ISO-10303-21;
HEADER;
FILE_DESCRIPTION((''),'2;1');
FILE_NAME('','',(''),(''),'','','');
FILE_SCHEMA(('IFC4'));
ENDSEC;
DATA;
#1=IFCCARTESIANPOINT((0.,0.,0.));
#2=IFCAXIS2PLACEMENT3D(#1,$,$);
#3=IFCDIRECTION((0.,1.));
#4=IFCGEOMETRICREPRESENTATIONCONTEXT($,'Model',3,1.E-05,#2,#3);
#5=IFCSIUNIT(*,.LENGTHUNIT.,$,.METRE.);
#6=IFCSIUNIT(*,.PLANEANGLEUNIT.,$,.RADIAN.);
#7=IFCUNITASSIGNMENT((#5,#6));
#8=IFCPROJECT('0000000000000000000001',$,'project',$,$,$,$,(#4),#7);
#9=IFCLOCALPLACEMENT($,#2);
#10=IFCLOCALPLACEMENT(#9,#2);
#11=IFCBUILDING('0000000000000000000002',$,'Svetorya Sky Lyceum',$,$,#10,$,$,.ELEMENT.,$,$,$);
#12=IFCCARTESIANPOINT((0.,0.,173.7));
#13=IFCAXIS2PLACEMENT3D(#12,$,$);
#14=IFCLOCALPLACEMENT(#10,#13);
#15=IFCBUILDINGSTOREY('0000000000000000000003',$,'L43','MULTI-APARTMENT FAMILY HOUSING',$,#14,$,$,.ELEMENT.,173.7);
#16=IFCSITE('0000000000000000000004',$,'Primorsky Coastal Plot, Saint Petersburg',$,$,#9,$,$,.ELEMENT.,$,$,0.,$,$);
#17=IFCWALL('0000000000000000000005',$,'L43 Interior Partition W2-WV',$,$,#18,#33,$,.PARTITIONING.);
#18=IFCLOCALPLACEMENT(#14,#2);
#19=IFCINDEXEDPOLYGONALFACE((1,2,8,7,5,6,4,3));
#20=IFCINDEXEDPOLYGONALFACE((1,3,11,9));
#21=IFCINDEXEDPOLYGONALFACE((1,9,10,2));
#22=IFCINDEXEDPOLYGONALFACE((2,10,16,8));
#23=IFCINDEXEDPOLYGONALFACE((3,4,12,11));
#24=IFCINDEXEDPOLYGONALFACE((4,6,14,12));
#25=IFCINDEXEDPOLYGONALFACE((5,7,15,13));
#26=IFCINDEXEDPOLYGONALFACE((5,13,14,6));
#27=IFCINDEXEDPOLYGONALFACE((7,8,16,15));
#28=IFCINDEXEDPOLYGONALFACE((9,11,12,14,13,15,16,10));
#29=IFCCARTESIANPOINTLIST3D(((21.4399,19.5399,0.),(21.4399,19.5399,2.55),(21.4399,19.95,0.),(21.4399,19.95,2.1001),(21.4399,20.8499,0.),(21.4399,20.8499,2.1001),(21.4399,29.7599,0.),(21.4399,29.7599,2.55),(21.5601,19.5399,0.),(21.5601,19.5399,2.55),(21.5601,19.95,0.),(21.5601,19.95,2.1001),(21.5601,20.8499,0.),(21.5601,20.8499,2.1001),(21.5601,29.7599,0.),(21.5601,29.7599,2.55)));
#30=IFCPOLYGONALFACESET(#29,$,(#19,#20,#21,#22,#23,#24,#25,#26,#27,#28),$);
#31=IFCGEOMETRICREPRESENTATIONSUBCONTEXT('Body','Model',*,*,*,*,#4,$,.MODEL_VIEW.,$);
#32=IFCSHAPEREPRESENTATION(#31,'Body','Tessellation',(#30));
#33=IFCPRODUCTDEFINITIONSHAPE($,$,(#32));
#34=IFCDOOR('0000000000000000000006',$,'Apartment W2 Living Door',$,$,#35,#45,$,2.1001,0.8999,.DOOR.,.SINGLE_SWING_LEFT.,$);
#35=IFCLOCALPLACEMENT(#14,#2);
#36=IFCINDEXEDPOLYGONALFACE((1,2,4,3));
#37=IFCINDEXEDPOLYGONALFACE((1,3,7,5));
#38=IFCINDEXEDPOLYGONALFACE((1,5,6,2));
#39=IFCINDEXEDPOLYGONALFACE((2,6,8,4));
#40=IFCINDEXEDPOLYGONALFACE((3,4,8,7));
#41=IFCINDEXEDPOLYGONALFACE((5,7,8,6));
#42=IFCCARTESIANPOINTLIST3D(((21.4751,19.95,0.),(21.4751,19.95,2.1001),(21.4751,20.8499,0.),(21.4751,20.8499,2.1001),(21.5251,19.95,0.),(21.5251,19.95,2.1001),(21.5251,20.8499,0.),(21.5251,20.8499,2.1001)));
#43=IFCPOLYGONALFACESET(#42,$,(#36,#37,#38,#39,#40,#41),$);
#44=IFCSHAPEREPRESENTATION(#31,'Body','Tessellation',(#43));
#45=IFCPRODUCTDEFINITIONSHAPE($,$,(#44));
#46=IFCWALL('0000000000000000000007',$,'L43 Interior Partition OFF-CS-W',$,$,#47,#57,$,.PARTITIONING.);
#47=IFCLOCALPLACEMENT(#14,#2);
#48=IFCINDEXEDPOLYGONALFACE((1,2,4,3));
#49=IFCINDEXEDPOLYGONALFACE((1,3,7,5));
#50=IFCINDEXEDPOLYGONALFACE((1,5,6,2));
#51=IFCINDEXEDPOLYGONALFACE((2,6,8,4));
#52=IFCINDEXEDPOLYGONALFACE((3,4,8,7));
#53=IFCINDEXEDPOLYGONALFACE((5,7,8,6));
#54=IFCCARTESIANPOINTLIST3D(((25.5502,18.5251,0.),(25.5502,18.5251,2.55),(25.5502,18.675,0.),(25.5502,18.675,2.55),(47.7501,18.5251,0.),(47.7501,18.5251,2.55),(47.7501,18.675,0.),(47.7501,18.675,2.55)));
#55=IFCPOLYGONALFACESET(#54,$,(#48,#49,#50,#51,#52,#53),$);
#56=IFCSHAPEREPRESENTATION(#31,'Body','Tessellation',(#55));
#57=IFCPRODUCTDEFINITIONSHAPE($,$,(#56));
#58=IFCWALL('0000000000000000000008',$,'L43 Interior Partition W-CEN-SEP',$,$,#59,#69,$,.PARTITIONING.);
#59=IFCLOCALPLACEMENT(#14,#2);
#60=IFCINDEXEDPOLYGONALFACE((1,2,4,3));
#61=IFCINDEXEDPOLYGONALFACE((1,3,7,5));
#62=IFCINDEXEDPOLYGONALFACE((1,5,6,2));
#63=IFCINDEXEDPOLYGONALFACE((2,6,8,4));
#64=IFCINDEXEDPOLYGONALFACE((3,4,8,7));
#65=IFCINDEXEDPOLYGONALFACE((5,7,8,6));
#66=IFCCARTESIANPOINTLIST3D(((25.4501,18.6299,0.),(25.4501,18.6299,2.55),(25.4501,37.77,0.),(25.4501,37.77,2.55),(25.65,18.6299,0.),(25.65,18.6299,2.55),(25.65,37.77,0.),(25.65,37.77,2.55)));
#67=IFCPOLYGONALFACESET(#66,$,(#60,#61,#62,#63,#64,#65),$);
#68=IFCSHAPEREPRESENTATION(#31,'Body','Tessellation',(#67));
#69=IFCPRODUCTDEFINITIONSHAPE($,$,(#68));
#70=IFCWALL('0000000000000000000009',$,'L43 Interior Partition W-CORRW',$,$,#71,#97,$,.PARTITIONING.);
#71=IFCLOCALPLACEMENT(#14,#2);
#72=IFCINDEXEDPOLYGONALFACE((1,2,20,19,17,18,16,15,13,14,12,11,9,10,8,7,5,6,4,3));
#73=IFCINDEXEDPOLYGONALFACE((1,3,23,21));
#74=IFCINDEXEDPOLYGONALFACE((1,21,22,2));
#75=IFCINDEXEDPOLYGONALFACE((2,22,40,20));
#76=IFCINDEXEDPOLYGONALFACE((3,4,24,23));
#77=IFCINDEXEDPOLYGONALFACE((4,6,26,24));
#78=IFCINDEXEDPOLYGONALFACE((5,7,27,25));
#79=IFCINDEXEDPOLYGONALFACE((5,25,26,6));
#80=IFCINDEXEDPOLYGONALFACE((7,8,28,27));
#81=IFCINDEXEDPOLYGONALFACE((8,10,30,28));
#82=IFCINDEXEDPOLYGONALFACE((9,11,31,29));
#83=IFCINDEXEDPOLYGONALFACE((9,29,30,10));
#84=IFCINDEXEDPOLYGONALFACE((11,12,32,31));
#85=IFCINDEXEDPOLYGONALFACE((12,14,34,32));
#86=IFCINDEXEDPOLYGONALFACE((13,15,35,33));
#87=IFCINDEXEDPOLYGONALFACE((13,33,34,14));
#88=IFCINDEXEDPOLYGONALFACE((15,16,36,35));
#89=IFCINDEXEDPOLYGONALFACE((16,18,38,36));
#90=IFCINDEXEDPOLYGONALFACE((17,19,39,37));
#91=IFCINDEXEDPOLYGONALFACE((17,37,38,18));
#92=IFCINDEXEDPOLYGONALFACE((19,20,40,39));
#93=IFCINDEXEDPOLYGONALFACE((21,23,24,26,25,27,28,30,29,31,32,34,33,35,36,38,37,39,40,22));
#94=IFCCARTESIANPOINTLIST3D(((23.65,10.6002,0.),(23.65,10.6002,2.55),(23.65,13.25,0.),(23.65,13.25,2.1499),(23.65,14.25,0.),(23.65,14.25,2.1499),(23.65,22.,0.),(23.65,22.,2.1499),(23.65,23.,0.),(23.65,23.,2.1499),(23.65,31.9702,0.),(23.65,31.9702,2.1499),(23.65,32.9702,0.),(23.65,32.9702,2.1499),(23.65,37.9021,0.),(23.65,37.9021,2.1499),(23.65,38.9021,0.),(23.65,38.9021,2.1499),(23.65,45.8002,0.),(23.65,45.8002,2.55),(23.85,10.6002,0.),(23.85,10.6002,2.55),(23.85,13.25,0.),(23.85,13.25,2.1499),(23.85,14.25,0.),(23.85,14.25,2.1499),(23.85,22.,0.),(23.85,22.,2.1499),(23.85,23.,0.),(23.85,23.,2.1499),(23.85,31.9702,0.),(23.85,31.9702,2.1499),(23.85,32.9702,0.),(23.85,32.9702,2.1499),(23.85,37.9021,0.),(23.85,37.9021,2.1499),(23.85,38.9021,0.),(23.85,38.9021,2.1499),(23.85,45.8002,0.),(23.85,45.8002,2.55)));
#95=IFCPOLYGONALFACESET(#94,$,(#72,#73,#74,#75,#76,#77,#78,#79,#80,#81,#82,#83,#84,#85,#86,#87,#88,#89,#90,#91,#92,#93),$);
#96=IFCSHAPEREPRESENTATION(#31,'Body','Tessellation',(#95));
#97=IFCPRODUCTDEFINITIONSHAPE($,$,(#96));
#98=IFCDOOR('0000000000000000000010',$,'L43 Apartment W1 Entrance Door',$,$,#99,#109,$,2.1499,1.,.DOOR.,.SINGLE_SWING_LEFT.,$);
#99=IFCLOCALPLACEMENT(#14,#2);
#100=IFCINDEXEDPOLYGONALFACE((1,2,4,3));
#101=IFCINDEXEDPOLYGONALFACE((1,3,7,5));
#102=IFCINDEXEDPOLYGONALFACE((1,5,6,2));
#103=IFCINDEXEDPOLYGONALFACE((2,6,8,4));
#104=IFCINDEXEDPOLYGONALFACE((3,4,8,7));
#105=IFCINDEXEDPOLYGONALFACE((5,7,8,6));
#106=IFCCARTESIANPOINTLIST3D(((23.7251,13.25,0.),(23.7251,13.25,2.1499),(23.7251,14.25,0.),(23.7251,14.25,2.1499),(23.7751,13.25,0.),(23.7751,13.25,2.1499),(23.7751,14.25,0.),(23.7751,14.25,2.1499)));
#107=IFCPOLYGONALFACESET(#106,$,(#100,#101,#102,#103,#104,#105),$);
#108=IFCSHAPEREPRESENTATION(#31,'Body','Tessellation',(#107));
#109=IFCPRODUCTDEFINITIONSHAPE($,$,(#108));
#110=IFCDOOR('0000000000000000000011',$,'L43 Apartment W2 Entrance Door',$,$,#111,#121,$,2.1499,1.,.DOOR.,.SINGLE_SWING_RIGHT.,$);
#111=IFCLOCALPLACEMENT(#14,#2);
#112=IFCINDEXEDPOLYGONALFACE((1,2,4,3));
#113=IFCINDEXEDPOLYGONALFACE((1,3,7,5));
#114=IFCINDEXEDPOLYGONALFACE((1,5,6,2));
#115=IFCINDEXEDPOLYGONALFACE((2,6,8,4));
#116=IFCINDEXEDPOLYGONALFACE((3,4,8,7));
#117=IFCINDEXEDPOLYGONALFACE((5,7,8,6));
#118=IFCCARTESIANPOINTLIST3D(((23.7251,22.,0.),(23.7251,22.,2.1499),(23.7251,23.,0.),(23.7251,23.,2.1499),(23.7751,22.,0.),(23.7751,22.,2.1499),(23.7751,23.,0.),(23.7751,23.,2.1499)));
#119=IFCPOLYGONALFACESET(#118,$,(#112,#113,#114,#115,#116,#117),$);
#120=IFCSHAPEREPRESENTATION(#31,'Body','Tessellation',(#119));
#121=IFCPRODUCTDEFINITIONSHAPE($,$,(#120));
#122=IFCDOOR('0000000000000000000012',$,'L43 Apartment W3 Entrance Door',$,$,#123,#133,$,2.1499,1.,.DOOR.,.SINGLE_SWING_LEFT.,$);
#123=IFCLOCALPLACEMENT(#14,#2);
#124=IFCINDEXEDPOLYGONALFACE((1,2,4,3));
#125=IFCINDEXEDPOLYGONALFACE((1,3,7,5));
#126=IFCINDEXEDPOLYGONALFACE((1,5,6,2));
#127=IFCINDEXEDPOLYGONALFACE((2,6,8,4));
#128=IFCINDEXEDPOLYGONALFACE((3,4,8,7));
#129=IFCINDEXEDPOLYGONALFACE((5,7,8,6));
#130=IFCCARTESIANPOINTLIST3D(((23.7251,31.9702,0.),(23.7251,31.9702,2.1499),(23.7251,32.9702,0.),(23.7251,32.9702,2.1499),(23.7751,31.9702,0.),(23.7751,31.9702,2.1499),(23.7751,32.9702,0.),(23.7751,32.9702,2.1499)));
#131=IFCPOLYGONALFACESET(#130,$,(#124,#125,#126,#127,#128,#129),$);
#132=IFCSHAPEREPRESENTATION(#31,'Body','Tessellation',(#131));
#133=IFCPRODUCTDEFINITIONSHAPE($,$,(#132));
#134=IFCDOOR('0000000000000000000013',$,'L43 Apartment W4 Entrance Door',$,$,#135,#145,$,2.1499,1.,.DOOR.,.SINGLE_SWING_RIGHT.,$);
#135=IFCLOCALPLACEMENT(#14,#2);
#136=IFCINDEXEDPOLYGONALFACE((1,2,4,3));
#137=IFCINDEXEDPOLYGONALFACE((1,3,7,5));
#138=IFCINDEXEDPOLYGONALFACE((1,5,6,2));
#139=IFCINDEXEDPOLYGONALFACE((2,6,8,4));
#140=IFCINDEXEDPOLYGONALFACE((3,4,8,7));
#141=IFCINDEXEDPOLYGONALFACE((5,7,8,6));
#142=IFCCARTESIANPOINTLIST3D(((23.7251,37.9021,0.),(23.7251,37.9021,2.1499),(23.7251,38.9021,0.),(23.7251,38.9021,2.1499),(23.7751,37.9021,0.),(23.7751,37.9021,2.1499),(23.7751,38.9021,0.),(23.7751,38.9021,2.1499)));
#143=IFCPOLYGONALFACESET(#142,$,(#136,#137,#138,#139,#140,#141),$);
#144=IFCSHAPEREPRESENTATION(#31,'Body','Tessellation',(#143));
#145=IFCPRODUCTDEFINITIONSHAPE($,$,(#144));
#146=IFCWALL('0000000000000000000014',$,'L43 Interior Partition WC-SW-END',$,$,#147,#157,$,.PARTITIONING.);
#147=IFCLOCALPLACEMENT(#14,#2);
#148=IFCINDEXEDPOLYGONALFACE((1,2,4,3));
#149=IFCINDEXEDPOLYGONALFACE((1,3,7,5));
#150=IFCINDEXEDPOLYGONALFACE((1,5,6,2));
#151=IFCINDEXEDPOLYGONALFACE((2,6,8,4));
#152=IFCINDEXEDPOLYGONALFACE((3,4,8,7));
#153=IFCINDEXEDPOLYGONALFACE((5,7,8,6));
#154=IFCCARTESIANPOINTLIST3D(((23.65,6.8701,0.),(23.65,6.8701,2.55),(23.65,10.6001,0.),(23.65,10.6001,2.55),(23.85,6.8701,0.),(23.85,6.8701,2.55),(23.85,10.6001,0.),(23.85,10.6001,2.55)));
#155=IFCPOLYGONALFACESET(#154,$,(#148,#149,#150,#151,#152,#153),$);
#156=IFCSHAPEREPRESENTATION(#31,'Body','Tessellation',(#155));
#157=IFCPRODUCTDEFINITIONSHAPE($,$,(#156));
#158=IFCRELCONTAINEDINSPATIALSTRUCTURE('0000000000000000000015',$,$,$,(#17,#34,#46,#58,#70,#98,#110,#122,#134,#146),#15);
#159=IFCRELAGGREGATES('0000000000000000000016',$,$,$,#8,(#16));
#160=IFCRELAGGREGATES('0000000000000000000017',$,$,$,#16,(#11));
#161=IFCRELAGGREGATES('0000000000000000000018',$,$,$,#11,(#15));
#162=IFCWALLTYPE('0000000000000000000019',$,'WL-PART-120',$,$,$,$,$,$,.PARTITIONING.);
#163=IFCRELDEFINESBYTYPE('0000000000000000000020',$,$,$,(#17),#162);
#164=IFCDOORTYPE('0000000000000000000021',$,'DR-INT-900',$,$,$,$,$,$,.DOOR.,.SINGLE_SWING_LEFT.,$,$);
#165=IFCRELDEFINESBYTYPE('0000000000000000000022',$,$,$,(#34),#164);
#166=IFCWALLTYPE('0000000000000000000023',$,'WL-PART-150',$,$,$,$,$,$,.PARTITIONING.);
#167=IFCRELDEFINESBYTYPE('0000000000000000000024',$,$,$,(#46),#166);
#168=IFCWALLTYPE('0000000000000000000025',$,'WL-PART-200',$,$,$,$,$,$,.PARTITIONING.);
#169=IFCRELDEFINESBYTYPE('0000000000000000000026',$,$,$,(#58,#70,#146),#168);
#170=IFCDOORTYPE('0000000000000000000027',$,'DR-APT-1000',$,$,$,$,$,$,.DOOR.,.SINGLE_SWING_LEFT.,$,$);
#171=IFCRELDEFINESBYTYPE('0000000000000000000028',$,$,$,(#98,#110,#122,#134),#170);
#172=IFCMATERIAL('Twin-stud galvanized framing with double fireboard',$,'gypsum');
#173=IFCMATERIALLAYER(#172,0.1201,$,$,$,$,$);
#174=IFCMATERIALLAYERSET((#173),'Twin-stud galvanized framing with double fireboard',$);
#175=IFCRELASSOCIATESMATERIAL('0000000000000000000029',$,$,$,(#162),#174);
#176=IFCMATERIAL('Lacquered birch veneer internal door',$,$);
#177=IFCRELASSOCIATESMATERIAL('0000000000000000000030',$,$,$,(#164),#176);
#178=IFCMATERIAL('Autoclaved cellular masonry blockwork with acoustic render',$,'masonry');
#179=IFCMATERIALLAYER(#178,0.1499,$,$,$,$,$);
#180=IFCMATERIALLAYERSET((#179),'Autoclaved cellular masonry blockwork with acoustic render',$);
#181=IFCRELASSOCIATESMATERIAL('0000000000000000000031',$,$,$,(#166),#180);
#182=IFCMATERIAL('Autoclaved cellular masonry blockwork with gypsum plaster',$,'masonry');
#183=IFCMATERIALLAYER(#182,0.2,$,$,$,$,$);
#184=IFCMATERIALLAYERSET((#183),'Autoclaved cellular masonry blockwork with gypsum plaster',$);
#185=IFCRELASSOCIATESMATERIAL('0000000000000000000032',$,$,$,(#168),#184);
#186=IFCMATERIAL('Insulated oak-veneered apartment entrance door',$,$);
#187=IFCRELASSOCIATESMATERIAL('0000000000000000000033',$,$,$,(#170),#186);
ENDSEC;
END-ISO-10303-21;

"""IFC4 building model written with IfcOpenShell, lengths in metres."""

from ifc_helpers import new_model, si_unit, direction, frame, frame_2d, origin, place, context, subcontext, project, spatial, rectangle, extrude, material, layer, layer_set, type_object, element, fill, save


model = new_model("IFC4")

# Units and contexts
model_context = context("Model", 3, precision=1e-05, world=origin(), true_north=direction((0.0, 1.0)))
body_context = subcontext(model_context, "Body", "Model", "MODEL_VIEW")
ifc_project = project(units=[si_unit("LENGTHUNIT", "METRE"), si_unit("PLANEANGLEUNIT", "RADIAN")], contexts=[model_context])

# Site, building, storey
site_placement = place(None, origin())
site = spatial("IfcSite", under=ifc_project, at=site_placement, Name="Primorsky Coastal Plot, Saint Petersburg", CompositionType="ELEMENT", RefElevation=0.0)
building_placement = place(site_placement, origin())
building = spatial("IfcBuilding", under=site, at=building_placement, Name="Svetorya Sky Lyceum", CompositionType="ELEMENT")
storey_placement = place(building_placement, frame((0.0, 0.0, 173.7)))
storey = spatial("IfcBuildingStorey", under=building, at=storey_placement, Name="L43", Description="MULTI-APARTMENT FAMILY HOUSING", CompositionType="ELEMENT", Elevation=173.7)

# Wall, opening, door
ifc_material_1 = material(Name="Twin-stud galvanized framing with double fireboard", Category="gypsum")
ifc_layer_1 = layer(ifc_material_1, 0.1201)
ifc_layer_set_1 = layer_set([ifc_layer_1], Name="Twin-stud galvanized framing with double fireboard")
wall_type_1 = type_object("IfcWallType", Name="WL-PART-120", PredefinedType="PARTITIONING", material=ifc_layer_set_1)
ifc_material_2 = material(Name="Lacquered birch veneer internal door")
door_type_1 = type_object("IfcDoorType", Name="DR-INT-900", OperationType="SINGLE_SWING_LEFT", PredefinedType="DOOR", material=ifc_material_2)
wall_1_placement = place(storey_placement, frame((21.5, 19.54, 0.0), z_axis=(0.0, 0.0, 1.0), x_axis=(0.0, 1.0, 0.0)))
wall_1 = element("IfcWall", 1, at=wall_1_placement, inside=storey, type_object=wall_type_1, Name="L43 Interior Partition W2-WV", PredefinedType="PARTITIONING", context=body_context, shape_type="SweptSolid", body=[
    extrude(rectangle(XDim=10.22, YDim=0.1201, at=frame_2d((5.1099, 0.0))), origin(), (0.0, 0.0, 1.0), 2.55),
])
opening_1_placement = place(wall_1_placement, frame((0.4099, 0.0, 0.0)))
opening_1 = element("IfcOpeningElement", 2, at=opening_1_placement, cuts=wall_1, PredefinedType="OPENING", context=body_context, shape_type="SweptSolid", body=[
    extrude(rectangle(XDim=0.8999, YDim=2.1001, at=frame_2d((0.45, 1.05))), frame((0.0, 0.0701, 0.0), z_axis=(0.0, -1.0, 0.0), x_axis=(1.0, 0.0, 0.0)), (0.0, 0.0, 1.0), 0.1401),
])
door_1_placement = place(opening_1_placement, origin())
door_1 = element("IfcDoor", 3, at=door_1_placement, inside=storey, type_object=door_type_1, Name="Apartment W2 Living Door", OperationType="SINGLE_SWING_LEFT", OverallHeight=2.1001, OverallWidth=0.8999, PredefinedType="DOOR", context=body_context, shape_type="SweptSolid", body=[
    extrude(rectangle(XDim=0.8999, YDim=2.1001, at=frame_2d((0.45, 1.05))), frame((0.0, 0.0249, 0.0), z_axis=(0.0, -1.0, 0.0), x_axis=(1.0, 0.0, 0.0)), (0.0, 0.0, 1.0), 0.05),
])
fill(opening_1, door_1)

# Walls
ifc_material_3 = material(Name="Autoclaved cellular masonry blockwork with acoustic render", Category="masonry")
ifc_layer_2 = layer(ifc_material_3, 0.1499)
ifc_layer_set_2 = layer_set([ifc_layer_2], Name="Autoclaved cellular masonry blockwork with acoustic render")
wall_type_2 = type_object("IfcWallType", Name="WL-PART-150", PredefinedType="PARTITIONING", material=ifc_layer_set_2)
wall_2_placement = place(storey_placement, frame((25.55, 18.6001, 0.0), z_axis=(0.0, 0.0, 1.0), x_axis=(1.0, 0.0, 0.0)))
element("IfcWall", 4, at=wall_2_placement, inside=storey, type_object=wall_type_2, Name="L43 Interior Partition OFF-CS-W", PredefinedType="PARTITIONING", context=body_context, shape_type="SweptSolid", body=[
    extrude(rectangle(XDim=22.2, YDim=0.1499, at=frame_2d((11.1001, 0.0))), origin(), (0.0, 0.0, 1.0), 2.55),
])
ifc_material_4 = material(Name="Autoclaved cellular masonry blockwork with gypsum plaster", Category="masonry")
ifc_layer_3 = layer(ifc_material_4, 0.2)
ifc_layer_set_3 = layer_set([ifc_layer_3], Name="Autoclaved cellular masonry blockwork with gypsum plaster")
wall_type_3 = type_object("IfcWallType", Name="WL-PART-200", PredefinedType="PARTITIONING", material=ifc_layer_set_3)
wall_3_placement = place(storey_placement, frame((25.55, 18.6299, 0.0), z_axis=(0.0, 0.0, 1.0), x_axis=(0.0, 1.0, 0.0)))
element("IfcWall", 5, at=wall_3_placement, inside=storey, type_object=wall_type_3, Name="L43 Interior Partition W-CEN-SEP", PredefinedType="PARTITIONING", context=body_context, shape_type="SweptSolid", body=[
    extrude(rectangle(XDim=19.1401, YDim=0.2, at=frame_2d((9.5701, 0.0))), origin(), (0.0, 0.0, 1.0), 2.55),
])

# Wall, openings, doors
wall_4_placement = place(storey_placement, frame((23.75, 10.6001, 0.0), z_axis=(0.0, 0.0, 1.0), x_axis=(0.0, 1.0, 0.0)))
wall_4 = element("IfcWall", 6, at=wall_4_placement, inside=storey, type_object=wall_type_3, Name="L43 Interior Partition W-CORRW", PredefinedType="PARTITIONING", context=body_context, shape_type="SweptSolid", body=[
    extrude(rectangle(XDim=35.2, YDim=0.2, at=frame_2d((17.6001, 0.0))), origin(), (0.0, 0.0, 1.0), 2.55),
])
opening_2_placement = place(wall_4_placement, frame((2.6499, 0.0, 0.0)))
opening_2 = element("IfcOpeningElement", 7, at=opening_2_placement, cuts=wall_4, PredefinedType="OPENING", context=body_context, shape_type="SweptSolid", body=[
    extrude(rectangle(XDim=1.0, YDim=2.1499, at=frame_2d((0.5, 1.075))), frame((0.0, 0.1099, 0.0), z_axis=(0.0, -1.0, 0.0), x_axis=(1.0, 0.0, 0.0)), (0.0, 0.0, 1.0), 0.22),
])
opening_3_placement = place(wall_4_placement, frame((11.3999, 0.0, 0.0)))
opening_3 = element("IfcOpeningElement", 8, at=opening_3_placement, cuts=wall_4, PredefinedType="OPENING", context=body_context, shape_type="SweptSolid", body=[
    extrude(rectangle(XDim=1.0, YDim=2.1499, at=frame_2d((0.5, 1.075))), frame((0.0, 0.1099, 0.0), z_axis=(0.0, -1.0, 0.0), x_axis=(1.0, 0.0, 0.0)), (0.0, 0.0, 1.0), 0.22),
])
opening_4_placement = place(wall_4_placement, frame((21.3701, 0.0, 0.0)))
opening_4 = element("IfcOpeningElement", 9, at=opening_4_placement, cuts=wall_4, PredefinedType="OPENING", context=body_context, shape_type="SweptSolid", body=[
    extrude(rectangle(XDim=1.0, YDim=2.1499, at=frame_2d((0.5, 1.075))), frame((0.0, 0.1099, 0.0), z_axis=(0.0, -1.0, 0.0), x_axis=(1.0, 0.0, 0.0)), (0.0, 0.0, 1.0), 0.22),
])
opening_5_placement = place(wall_4_placement, frame((27.302, 0.0, 0.0)))
opening_5 = element("IfcOpeningElement", 10, at=opening_5_placement, cuts=wall_4, PredefinedType="OPENING", context=body_context, shape_type="SweptSolid", body=[
    extrude(rectangle(XDim=1.0, YDim=2.1499, at=frame_2d((0.5, 1.075))), frame((0.0, 0.1099, 0.0), z_axis=(0.0, -1.0, 0.0), x_axis=(1.0, 0.0, 0.0)), (0.0, 0.0, 1.0), 0.22),
])
ifc_material_5 = material(Name="Insulated oak-veneered apartment entrance door")
door_type_2 = type_object("IfcDoorType", Name="DR-APT-1000", OperationType="SINGLE_SWING_LEFT", PredefinedType="DOOR", material=ifc_material_5)
door_2_placement = place(opening_2_placement, origin())
door_2 = element("IfcDoor", 11, at=door_2_placement, inside=storey, type_object=door_type_2, Name="L43 Apartment W1 Entrance Door", OperationType="SINGLE_SWING_LEFT", OverallHeight=2.1499, OverallWidth=1.0, PredefinedType="DOOR", context=body_context, shape_type="SweptSolid", body=[
    extrude(rectangle(XDim=1.0, YDim=2.1499, at=frame_2d((0.5, 1.075))), frame((0.0, 0.0249, 0.0), z_axis=(0.0, -1.0, 0.0), x_axis=(1.0, 0.0, 0.0)), (0.0, 0.0, 1.0), 0.05),
])
fill(opening_2, door_2)
door_3_placement = place(opening_3_placement, origin())
door_3 = element("IfcDoor", 12, at=door_3_placement, inside=storey, type_object=door_type_2, Name="L43 Apartment W2 Entrance Door", OperationType="SINGLE_SWING_RIGHT", OverallHeight=2.1499, OverallWidth=1.0, PredefinedType="DOOR", context=body_context, shape_type="SweptSolid", body=[
    extrude(rectangle(XDim=1.0, YDim=2.1499, at=frame_2d((0.5, 1.075))), frame((0.0, 0.0249, 0.0), z_axis=(0.0, -1.0, 0.0), x_axis=(1.0, 0.0, 0.0)), (0.0, 0.0, 1.0), 0.05),
])
fill(opening_3, door_3)
door_4_placement = place(opening_4_placement, origin())
door_4 = element("IfcDoor", 13, at=door_4_placement, inside=storey, type_object=door_type_2, Name="L43 Apartment W3 Entrance Door", OperationType="SINGLE_SWING_LEFT", OverallHeight=2.1499, OverallWidth=1.0, PredefinedType="DOOR", context=body_context, shape_type="SweptSolid", body=[
    extrude(rectangle(XDim=1.0, YDim=2.1499, at=frame_2d((0.5, 1.075))), frame((0.0, 0.0249, 0.0), z_axis=(0.0, -1.0, 0.0), x_axis=(1.0, 0.0, 0.0)), (0.0, 0.0, 1.0), 0.05),
])
fill(opening_4, door_4)
door_5_placement = place(opening_5_placement, origin())
door_5 = element("IfcDoor", 14, at=door_5_placement, inside=storey, type_object=door_type_2, Name="L43 Apartment W4 Entrance Door", OperationType="SINGLE_SWING_RIGHT", OverallHeight=2.1499, OverallWidth=1.0, PredefinedType="DOOR", context=body_context, shape_type="SweptSolid", body=[
    extrude(rectangle(XDim=1.0, YDim=2.1499, at=frame_2d((0.5, 1.075))), frame((0.0, 0.0249, 0.0), z_axis=(0.0, -1.0, 0.0), x_axis=(1.0, 0.0, 0.0)), (0.0, 0.0, 1.0), 0.05),
])
fill(opening_5, door_5)

# Wall
wall_5_placement = place(storey_placement, frame((23.75, 6.8701, 0.0), z_axis=(0.0, 0.0, 1.0), x_axis=(0.0, 1.0, 0.0)))
element("IfcWall", 15, at=wall_5_placement, inside=storey, type_object=wall_type_3, Name="L43 Interior Partition WC-SW-END", PredefinedType="PARTITIONING", context=body_context, shape_type="SweptSolid", body=[
    extrude(rectangle(XDim=3.73, YDim=0.2, at=frame_2d((1.865, 0.0))), origin(), (0.0, 0.0, 1.0), 2.55),
])

save(model, "model.ifc")
